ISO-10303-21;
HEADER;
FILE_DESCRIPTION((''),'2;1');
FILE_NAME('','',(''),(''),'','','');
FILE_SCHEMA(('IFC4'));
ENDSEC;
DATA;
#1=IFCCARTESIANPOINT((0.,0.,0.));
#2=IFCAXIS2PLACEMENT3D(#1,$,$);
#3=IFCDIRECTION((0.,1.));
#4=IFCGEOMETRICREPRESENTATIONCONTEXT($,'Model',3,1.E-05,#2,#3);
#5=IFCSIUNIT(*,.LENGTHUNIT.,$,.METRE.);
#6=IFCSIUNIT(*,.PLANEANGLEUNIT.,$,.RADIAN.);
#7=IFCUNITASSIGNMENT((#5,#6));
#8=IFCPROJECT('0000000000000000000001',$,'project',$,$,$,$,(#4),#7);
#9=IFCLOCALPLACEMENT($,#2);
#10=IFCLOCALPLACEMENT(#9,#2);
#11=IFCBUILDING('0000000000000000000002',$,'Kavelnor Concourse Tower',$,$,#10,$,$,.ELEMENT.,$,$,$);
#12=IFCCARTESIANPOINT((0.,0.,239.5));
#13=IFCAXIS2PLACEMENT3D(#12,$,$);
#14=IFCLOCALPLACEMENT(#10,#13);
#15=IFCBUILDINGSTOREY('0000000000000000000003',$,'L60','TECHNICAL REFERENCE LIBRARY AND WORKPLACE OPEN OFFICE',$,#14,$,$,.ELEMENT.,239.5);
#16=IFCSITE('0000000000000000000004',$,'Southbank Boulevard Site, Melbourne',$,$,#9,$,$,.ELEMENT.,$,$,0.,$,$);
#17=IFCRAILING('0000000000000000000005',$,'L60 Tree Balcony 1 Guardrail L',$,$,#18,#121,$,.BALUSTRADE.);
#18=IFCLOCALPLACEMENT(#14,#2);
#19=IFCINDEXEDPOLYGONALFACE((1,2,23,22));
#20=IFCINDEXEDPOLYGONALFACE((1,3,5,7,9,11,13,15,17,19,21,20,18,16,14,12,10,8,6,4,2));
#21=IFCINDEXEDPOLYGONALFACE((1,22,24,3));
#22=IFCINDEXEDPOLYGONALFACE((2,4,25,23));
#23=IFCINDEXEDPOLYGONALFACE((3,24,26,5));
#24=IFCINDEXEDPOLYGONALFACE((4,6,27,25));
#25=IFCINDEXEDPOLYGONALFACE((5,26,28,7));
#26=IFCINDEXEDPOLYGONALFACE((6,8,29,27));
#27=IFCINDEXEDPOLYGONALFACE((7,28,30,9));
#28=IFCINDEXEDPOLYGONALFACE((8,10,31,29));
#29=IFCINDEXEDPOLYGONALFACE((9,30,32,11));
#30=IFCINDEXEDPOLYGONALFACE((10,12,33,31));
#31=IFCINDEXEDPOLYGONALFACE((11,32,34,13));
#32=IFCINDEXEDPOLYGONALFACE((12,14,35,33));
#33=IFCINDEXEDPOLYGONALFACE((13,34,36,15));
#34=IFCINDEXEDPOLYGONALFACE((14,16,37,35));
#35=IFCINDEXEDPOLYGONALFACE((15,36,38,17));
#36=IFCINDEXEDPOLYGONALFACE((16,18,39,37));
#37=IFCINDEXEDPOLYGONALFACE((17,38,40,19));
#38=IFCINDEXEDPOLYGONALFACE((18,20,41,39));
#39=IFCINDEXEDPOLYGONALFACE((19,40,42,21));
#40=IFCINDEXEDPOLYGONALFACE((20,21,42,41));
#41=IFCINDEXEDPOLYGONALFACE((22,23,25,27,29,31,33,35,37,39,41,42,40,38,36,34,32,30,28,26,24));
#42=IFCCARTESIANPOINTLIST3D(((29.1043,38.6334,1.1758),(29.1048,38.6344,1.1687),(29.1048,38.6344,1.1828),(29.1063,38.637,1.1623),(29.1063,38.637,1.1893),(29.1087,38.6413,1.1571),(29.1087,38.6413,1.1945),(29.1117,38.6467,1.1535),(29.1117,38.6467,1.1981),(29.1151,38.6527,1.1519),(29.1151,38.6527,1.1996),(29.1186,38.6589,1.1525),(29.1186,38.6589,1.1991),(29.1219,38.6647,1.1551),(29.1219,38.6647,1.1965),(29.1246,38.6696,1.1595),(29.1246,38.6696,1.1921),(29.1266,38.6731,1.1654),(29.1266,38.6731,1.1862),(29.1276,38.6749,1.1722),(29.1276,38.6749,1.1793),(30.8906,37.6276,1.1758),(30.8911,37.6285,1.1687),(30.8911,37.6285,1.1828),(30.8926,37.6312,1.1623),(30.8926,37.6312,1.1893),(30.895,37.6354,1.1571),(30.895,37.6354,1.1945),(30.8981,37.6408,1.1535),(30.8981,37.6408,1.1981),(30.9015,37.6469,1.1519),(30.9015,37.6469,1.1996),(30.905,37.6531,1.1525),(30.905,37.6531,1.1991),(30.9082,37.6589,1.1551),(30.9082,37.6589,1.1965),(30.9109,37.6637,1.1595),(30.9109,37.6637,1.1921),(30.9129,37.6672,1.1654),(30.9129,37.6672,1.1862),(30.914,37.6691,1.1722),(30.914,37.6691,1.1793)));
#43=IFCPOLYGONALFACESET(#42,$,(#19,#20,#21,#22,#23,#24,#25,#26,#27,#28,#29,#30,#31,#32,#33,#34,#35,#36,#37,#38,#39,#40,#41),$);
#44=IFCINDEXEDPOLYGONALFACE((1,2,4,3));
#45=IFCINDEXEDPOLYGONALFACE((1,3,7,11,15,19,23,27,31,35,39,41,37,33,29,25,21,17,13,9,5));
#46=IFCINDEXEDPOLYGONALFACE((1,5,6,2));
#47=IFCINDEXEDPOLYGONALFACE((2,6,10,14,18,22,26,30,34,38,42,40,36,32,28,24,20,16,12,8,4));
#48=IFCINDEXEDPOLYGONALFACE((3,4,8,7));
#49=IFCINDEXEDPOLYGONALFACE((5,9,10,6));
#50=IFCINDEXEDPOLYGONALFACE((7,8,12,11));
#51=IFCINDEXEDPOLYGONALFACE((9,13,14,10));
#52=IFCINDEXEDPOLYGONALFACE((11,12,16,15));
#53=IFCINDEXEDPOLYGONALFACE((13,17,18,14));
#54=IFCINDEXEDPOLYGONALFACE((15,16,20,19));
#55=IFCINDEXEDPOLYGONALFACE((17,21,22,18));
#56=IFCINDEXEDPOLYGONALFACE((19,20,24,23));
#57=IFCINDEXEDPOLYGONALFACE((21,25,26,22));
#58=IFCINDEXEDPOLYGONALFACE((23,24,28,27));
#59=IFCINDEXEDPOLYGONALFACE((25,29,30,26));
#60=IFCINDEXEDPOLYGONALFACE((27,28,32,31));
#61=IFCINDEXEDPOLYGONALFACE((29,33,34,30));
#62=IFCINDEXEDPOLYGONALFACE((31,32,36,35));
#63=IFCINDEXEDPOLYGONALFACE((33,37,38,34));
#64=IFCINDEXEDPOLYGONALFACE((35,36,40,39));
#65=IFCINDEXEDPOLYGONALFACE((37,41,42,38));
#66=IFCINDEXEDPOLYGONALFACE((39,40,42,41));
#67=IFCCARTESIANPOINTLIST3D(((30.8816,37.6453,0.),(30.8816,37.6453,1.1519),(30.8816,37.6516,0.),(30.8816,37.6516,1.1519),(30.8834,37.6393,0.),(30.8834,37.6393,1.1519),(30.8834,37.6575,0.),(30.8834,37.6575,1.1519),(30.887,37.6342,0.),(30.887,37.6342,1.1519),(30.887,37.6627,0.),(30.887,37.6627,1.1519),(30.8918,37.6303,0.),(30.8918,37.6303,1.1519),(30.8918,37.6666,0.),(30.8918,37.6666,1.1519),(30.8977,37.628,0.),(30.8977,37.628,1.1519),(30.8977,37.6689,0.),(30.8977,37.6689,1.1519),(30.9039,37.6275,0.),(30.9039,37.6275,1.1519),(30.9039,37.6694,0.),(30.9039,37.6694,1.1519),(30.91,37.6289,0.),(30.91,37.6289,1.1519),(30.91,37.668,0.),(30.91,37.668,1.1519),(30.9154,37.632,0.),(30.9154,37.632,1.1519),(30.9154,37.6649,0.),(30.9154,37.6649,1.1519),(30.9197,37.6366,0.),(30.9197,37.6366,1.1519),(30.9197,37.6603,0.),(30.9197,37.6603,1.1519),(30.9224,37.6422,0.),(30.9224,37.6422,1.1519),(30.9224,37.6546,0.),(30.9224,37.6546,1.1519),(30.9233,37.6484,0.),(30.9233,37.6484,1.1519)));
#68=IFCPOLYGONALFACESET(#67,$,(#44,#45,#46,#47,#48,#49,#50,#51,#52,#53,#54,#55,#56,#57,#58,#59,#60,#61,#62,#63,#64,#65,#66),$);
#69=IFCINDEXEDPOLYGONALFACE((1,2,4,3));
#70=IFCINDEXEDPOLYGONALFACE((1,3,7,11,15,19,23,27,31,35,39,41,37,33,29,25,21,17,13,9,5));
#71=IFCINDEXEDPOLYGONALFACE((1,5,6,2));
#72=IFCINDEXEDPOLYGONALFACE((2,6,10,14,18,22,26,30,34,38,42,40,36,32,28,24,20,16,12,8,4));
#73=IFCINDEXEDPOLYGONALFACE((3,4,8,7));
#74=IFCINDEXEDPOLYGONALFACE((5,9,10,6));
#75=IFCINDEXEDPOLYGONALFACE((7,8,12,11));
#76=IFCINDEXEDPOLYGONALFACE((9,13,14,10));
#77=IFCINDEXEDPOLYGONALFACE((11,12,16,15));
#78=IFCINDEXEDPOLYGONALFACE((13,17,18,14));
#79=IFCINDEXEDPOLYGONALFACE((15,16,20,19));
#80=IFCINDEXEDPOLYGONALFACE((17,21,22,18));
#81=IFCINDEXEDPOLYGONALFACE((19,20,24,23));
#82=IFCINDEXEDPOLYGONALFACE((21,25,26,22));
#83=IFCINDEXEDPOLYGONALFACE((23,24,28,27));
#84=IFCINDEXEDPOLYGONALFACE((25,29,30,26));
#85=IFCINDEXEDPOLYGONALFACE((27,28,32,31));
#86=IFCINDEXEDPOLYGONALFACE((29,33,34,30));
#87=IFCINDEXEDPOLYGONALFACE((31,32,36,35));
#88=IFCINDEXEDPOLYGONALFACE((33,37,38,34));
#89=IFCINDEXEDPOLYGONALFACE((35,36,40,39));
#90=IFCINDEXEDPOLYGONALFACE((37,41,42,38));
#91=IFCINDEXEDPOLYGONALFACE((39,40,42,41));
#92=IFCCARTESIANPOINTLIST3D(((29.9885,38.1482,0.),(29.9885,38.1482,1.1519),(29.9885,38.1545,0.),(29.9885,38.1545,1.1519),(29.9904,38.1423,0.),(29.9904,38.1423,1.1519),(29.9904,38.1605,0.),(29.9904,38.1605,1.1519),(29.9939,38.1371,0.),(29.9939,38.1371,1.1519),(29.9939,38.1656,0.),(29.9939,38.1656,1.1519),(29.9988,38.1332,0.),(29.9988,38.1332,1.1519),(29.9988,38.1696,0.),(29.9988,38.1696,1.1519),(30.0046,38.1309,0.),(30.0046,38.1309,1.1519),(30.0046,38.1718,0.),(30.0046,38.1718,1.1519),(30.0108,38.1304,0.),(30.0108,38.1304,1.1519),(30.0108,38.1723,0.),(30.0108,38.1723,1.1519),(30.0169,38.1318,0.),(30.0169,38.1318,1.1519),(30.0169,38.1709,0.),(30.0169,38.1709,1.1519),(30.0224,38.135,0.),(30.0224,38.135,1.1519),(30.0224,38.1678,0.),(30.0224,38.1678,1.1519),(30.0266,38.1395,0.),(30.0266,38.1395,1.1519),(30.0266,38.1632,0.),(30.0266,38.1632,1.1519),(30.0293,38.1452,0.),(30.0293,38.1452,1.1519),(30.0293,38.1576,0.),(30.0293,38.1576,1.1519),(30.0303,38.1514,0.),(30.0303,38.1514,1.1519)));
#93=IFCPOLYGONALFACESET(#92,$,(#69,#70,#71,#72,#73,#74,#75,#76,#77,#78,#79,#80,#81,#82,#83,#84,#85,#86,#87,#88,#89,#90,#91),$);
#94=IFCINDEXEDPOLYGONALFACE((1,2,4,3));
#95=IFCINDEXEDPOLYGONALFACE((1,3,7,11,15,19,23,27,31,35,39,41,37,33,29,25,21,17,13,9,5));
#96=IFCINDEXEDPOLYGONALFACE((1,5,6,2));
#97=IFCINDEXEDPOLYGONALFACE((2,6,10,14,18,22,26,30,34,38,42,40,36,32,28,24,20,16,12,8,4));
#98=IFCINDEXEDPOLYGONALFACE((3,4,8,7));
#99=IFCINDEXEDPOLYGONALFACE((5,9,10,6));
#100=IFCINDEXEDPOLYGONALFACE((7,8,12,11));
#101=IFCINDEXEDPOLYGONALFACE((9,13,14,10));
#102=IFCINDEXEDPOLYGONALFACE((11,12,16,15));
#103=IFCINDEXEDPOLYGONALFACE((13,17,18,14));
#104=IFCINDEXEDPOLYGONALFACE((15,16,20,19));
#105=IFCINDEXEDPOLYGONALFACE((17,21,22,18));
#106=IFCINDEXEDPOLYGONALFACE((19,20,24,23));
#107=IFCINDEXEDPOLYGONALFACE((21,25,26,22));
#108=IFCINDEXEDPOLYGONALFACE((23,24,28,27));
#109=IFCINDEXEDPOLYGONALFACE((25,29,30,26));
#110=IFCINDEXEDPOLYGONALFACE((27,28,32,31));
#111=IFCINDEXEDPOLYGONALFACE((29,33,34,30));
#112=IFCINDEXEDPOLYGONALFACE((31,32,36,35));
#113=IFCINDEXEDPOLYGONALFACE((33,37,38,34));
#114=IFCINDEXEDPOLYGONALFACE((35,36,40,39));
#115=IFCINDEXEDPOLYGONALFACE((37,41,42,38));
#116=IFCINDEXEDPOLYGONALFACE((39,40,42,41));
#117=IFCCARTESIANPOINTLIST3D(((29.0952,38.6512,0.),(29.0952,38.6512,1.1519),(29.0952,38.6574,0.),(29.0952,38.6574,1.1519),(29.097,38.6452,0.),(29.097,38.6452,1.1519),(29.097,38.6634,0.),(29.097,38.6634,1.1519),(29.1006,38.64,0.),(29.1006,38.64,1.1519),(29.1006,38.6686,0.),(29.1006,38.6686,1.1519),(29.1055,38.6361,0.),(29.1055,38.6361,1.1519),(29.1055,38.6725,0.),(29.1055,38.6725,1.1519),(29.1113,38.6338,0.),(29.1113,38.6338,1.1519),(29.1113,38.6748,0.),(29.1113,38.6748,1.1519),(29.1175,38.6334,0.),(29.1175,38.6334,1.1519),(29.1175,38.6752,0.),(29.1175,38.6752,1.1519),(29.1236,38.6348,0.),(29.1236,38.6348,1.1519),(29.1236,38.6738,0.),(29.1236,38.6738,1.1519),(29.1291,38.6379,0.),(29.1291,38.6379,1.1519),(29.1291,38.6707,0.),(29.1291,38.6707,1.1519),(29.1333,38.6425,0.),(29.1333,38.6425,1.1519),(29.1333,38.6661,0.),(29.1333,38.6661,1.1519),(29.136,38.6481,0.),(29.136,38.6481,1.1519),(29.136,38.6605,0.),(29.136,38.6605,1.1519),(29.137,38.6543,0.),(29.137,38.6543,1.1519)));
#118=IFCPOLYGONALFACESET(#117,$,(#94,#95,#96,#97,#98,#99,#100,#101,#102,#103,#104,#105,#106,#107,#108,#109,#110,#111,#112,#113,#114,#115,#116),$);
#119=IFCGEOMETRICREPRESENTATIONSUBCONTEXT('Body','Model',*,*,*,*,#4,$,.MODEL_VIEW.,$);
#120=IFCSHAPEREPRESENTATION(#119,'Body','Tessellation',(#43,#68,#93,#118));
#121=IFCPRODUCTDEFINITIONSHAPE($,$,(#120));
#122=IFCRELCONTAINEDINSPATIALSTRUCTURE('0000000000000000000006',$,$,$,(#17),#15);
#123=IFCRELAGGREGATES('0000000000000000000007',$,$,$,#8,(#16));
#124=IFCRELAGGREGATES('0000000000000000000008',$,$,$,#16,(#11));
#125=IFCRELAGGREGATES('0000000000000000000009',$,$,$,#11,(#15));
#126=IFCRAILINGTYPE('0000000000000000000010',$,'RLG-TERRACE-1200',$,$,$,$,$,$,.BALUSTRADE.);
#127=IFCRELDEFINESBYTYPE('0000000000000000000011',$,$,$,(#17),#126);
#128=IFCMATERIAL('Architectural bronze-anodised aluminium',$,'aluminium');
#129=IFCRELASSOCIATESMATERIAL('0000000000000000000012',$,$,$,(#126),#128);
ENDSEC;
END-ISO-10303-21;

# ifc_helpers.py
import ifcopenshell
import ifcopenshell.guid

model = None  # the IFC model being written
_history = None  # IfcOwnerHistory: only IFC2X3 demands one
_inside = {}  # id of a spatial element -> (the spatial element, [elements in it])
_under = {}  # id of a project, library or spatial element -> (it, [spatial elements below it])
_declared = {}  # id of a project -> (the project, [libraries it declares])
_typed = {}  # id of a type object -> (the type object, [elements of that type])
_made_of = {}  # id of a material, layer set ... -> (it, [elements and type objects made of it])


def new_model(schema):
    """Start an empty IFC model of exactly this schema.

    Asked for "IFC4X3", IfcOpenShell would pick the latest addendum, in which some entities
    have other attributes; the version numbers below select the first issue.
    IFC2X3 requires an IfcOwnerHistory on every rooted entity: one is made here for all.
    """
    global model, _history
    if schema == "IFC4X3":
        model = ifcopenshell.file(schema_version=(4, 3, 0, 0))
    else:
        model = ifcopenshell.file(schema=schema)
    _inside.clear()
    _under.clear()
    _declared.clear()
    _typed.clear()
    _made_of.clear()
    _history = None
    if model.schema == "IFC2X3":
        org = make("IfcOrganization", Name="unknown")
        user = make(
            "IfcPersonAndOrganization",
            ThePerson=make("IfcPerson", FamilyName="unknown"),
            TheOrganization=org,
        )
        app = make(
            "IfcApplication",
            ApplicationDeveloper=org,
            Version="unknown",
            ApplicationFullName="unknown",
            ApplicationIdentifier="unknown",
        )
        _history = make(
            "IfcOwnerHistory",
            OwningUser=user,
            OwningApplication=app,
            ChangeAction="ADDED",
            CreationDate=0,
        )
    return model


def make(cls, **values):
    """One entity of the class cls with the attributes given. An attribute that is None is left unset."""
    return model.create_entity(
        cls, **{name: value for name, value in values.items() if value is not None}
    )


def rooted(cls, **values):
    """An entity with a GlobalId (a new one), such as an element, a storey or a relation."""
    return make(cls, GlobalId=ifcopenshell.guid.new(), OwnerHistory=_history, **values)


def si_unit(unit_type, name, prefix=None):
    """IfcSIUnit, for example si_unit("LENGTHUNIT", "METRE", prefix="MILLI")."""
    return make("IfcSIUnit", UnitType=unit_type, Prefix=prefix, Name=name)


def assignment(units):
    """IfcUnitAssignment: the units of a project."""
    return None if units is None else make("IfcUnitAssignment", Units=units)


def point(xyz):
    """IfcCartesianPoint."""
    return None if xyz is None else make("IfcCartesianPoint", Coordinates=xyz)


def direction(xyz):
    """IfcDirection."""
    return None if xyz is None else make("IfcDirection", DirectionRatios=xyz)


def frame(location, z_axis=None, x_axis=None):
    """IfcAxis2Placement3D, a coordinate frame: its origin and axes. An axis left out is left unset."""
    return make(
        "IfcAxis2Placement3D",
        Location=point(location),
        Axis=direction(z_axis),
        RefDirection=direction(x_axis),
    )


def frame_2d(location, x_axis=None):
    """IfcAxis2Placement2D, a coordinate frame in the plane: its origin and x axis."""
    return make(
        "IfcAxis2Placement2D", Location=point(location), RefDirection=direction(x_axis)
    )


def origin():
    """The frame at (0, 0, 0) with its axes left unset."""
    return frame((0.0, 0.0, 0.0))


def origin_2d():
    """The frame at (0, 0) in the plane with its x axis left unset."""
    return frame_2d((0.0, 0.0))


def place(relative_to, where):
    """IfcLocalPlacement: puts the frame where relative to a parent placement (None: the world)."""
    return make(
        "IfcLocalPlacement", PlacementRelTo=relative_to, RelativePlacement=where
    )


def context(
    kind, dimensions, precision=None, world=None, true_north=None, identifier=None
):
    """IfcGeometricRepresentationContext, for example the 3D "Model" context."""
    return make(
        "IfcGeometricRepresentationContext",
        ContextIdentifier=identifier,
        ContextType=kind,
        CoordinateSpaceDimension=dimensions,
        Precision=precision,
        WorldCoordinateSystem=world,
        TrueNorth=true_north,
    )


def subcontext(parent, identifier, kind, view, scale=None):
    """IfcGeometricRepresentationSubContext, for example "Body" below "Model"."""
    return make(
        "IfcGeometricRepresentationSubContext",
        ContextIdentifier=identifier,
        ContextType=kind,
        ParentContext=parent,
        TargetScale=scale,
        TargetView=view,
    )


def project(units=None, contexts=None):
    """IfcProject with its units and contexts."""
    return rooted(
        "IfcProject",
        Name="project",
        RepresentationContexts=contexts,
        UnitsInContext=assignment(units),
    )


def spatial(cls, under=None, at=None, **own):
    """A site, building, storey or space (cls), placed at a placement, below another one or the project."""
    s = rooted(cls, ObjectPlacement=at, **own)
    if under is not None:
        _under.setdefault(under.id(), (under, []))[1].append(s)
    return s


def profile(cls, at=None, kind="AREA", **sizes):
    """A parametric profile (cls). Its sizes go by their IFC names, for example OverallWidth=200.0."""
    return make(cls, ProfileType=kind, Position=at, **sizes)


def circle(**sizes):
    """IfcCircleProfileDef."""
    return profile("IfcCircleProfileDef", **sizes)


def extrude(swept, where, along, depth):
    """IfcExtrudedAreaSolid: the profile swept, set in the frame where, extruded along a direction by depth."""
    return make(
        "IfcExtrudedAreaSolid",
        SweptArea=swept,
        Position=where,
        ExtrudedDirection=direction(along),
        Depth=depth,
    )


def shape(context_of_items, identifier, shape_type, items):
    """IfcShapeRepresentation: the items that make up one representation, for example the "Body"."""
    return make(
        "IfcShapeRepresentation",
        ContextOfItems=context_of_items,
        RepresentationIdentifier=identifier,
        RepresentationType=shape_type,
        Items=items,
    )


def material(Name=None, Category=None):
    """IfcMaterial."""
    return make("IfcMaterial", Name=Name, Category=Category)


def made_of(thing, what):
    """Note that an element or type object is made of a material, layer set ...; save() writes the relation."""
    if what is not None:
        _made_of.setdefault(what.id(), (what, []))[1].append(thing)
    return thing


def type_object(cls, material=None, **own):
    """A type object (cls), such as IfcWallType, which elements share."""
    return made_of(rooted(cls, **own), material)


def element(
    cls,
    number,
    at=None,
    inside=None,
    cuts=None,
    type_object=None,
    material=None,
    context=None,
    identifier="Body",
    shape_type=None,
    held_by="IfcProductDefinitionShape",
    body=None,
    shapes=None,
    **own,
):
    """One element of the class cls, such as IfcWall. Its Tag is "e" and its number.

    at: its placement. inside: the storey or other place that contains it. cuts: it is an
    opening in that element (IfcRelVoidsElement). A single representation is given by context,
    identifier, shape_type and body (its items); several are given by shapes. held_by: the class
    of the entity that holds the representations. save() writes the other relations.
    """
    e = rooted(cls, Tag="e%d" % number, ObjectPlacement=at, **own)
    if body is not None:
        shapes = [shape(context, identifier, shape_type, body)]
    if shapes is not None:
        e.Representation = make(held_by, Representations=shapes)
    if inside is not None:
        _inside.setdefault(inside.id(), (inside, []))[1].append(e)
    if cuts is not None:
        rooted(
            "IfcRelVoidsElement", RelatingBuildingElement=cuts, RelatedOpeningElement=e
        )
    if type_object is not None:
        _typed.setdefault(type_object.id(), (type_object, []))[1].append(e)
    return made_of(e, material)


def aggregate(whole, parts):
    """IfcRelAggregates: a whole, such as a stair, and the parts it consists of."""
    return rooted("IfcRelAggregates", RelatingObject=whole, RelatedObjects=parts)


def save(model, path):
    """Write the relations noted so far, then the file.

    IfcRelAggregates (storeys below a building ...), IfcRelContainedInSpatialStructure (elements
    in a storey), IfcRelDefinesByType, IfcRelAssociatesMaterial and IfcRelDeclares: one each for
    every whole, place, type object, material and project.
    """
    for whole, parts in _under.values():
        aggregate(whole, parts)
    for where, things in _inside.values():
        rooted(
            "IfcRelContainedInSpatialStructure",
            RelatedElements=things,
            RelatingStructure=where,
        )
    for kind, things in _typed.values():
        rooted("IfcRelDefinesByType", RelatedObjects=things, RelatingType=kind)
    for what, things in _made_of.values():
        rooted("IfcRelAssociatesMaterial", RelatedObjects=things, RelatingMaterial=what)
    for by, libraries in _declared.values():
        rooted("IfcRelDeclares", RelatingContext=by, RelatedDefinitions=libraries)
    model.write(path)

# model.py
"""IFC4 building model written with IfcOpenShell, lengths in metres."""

from ifc_helpers import new_model, si_unit, direction, frame, origin, origin_2d, place, context, subcontext, project, spatial, circle, extrude, material, type_object, element, save


model = new_model("IFC4")

# Units and contexts
model_context = context("Model", 3, precision=1e-05, world=origin(), true_north=direction((0.0, 1.0)))
body_context = subcontext(model_context, "Body", "Model", "MODEL_VIEW")
ifc_project = project(units=[si_unit("LENGTHUNIT", "METRE"), si_unit("PLANEANGLEUNIT", "RADIAN")], contexts=[model_context])

# Site, building, storey
site_placement = place(None, origin())
site = spatial("IfcSite", under=ifc_project, at=site_placement, Name="Southbank Boulevard Site, Melbourne", CompositionType="ELEMENT", RefElevation=0.0)
building_placement = place(site_placement, origin())
building = spatial("IfcBuilding", under=site, at=building_placement, Name="Kavelnor Concourse Tower", CompositionType="ELEMENT")
storey_placement = place(building_placement, frame((0.0, 0.0, 239.5)))
storey = spatial("IfcBuildingStorey", under=building, at=storey_placement, Name="L60", Description="TECHNICAL REFERENCE LIBRARY AND WORKPLACE OPEN OFFICE", CompositionType="ELEMENT", Elevation=239.5)

# Railing
ifc_material_1 = material(Name="Architectural bronze-anodised aluminium", Category="aluminium")
railing_type = type_object("IfcRailingType", Name="RLG-TERRACE-1200", PredefinedType="BALUSTRADE", material=ifc_material_1)
railing_1_placement = place(storey_placement, frame((30.9023, 37.6484, 0.0)))
element("IfcRailing", 1, at=railing_1_placement, inside=storey, type_object=railing_type, Name="L60 Tree Balcony 1 Guardrail L", PredefinedType="BALUSTRADE", context=body_context, shape_type="SweptSolid", body=[
    extrude(circle(Radius=0.0239, at=origin_2d()), frame((0.0, 0.0, 1.1758), z_axis=(-0.871362, 0.49064, 0.0), x_axis=(-0.49064, -0.871362, 0.0)), (0.0, 0.0, 1.0), 2.05),
    extrude(circle(Radius=0.021, at=origin_2d()), origin(), (0.0, 0.0, 1.0), 1.1519),
    extrude(circle(Radius=0.021, at=origin_2d()), frame((-0.8931, 0.5029, 0.0)), (0.0, 0.0, 1.0), 1.1519),
    extrude(circle(Radius=0.021, at=origin_2d()), frame((-1.7864, 1.0059, 0.0)), (0.0, 0.0, 1.0), 1.1519),
])

save(model, "model.ifc")
